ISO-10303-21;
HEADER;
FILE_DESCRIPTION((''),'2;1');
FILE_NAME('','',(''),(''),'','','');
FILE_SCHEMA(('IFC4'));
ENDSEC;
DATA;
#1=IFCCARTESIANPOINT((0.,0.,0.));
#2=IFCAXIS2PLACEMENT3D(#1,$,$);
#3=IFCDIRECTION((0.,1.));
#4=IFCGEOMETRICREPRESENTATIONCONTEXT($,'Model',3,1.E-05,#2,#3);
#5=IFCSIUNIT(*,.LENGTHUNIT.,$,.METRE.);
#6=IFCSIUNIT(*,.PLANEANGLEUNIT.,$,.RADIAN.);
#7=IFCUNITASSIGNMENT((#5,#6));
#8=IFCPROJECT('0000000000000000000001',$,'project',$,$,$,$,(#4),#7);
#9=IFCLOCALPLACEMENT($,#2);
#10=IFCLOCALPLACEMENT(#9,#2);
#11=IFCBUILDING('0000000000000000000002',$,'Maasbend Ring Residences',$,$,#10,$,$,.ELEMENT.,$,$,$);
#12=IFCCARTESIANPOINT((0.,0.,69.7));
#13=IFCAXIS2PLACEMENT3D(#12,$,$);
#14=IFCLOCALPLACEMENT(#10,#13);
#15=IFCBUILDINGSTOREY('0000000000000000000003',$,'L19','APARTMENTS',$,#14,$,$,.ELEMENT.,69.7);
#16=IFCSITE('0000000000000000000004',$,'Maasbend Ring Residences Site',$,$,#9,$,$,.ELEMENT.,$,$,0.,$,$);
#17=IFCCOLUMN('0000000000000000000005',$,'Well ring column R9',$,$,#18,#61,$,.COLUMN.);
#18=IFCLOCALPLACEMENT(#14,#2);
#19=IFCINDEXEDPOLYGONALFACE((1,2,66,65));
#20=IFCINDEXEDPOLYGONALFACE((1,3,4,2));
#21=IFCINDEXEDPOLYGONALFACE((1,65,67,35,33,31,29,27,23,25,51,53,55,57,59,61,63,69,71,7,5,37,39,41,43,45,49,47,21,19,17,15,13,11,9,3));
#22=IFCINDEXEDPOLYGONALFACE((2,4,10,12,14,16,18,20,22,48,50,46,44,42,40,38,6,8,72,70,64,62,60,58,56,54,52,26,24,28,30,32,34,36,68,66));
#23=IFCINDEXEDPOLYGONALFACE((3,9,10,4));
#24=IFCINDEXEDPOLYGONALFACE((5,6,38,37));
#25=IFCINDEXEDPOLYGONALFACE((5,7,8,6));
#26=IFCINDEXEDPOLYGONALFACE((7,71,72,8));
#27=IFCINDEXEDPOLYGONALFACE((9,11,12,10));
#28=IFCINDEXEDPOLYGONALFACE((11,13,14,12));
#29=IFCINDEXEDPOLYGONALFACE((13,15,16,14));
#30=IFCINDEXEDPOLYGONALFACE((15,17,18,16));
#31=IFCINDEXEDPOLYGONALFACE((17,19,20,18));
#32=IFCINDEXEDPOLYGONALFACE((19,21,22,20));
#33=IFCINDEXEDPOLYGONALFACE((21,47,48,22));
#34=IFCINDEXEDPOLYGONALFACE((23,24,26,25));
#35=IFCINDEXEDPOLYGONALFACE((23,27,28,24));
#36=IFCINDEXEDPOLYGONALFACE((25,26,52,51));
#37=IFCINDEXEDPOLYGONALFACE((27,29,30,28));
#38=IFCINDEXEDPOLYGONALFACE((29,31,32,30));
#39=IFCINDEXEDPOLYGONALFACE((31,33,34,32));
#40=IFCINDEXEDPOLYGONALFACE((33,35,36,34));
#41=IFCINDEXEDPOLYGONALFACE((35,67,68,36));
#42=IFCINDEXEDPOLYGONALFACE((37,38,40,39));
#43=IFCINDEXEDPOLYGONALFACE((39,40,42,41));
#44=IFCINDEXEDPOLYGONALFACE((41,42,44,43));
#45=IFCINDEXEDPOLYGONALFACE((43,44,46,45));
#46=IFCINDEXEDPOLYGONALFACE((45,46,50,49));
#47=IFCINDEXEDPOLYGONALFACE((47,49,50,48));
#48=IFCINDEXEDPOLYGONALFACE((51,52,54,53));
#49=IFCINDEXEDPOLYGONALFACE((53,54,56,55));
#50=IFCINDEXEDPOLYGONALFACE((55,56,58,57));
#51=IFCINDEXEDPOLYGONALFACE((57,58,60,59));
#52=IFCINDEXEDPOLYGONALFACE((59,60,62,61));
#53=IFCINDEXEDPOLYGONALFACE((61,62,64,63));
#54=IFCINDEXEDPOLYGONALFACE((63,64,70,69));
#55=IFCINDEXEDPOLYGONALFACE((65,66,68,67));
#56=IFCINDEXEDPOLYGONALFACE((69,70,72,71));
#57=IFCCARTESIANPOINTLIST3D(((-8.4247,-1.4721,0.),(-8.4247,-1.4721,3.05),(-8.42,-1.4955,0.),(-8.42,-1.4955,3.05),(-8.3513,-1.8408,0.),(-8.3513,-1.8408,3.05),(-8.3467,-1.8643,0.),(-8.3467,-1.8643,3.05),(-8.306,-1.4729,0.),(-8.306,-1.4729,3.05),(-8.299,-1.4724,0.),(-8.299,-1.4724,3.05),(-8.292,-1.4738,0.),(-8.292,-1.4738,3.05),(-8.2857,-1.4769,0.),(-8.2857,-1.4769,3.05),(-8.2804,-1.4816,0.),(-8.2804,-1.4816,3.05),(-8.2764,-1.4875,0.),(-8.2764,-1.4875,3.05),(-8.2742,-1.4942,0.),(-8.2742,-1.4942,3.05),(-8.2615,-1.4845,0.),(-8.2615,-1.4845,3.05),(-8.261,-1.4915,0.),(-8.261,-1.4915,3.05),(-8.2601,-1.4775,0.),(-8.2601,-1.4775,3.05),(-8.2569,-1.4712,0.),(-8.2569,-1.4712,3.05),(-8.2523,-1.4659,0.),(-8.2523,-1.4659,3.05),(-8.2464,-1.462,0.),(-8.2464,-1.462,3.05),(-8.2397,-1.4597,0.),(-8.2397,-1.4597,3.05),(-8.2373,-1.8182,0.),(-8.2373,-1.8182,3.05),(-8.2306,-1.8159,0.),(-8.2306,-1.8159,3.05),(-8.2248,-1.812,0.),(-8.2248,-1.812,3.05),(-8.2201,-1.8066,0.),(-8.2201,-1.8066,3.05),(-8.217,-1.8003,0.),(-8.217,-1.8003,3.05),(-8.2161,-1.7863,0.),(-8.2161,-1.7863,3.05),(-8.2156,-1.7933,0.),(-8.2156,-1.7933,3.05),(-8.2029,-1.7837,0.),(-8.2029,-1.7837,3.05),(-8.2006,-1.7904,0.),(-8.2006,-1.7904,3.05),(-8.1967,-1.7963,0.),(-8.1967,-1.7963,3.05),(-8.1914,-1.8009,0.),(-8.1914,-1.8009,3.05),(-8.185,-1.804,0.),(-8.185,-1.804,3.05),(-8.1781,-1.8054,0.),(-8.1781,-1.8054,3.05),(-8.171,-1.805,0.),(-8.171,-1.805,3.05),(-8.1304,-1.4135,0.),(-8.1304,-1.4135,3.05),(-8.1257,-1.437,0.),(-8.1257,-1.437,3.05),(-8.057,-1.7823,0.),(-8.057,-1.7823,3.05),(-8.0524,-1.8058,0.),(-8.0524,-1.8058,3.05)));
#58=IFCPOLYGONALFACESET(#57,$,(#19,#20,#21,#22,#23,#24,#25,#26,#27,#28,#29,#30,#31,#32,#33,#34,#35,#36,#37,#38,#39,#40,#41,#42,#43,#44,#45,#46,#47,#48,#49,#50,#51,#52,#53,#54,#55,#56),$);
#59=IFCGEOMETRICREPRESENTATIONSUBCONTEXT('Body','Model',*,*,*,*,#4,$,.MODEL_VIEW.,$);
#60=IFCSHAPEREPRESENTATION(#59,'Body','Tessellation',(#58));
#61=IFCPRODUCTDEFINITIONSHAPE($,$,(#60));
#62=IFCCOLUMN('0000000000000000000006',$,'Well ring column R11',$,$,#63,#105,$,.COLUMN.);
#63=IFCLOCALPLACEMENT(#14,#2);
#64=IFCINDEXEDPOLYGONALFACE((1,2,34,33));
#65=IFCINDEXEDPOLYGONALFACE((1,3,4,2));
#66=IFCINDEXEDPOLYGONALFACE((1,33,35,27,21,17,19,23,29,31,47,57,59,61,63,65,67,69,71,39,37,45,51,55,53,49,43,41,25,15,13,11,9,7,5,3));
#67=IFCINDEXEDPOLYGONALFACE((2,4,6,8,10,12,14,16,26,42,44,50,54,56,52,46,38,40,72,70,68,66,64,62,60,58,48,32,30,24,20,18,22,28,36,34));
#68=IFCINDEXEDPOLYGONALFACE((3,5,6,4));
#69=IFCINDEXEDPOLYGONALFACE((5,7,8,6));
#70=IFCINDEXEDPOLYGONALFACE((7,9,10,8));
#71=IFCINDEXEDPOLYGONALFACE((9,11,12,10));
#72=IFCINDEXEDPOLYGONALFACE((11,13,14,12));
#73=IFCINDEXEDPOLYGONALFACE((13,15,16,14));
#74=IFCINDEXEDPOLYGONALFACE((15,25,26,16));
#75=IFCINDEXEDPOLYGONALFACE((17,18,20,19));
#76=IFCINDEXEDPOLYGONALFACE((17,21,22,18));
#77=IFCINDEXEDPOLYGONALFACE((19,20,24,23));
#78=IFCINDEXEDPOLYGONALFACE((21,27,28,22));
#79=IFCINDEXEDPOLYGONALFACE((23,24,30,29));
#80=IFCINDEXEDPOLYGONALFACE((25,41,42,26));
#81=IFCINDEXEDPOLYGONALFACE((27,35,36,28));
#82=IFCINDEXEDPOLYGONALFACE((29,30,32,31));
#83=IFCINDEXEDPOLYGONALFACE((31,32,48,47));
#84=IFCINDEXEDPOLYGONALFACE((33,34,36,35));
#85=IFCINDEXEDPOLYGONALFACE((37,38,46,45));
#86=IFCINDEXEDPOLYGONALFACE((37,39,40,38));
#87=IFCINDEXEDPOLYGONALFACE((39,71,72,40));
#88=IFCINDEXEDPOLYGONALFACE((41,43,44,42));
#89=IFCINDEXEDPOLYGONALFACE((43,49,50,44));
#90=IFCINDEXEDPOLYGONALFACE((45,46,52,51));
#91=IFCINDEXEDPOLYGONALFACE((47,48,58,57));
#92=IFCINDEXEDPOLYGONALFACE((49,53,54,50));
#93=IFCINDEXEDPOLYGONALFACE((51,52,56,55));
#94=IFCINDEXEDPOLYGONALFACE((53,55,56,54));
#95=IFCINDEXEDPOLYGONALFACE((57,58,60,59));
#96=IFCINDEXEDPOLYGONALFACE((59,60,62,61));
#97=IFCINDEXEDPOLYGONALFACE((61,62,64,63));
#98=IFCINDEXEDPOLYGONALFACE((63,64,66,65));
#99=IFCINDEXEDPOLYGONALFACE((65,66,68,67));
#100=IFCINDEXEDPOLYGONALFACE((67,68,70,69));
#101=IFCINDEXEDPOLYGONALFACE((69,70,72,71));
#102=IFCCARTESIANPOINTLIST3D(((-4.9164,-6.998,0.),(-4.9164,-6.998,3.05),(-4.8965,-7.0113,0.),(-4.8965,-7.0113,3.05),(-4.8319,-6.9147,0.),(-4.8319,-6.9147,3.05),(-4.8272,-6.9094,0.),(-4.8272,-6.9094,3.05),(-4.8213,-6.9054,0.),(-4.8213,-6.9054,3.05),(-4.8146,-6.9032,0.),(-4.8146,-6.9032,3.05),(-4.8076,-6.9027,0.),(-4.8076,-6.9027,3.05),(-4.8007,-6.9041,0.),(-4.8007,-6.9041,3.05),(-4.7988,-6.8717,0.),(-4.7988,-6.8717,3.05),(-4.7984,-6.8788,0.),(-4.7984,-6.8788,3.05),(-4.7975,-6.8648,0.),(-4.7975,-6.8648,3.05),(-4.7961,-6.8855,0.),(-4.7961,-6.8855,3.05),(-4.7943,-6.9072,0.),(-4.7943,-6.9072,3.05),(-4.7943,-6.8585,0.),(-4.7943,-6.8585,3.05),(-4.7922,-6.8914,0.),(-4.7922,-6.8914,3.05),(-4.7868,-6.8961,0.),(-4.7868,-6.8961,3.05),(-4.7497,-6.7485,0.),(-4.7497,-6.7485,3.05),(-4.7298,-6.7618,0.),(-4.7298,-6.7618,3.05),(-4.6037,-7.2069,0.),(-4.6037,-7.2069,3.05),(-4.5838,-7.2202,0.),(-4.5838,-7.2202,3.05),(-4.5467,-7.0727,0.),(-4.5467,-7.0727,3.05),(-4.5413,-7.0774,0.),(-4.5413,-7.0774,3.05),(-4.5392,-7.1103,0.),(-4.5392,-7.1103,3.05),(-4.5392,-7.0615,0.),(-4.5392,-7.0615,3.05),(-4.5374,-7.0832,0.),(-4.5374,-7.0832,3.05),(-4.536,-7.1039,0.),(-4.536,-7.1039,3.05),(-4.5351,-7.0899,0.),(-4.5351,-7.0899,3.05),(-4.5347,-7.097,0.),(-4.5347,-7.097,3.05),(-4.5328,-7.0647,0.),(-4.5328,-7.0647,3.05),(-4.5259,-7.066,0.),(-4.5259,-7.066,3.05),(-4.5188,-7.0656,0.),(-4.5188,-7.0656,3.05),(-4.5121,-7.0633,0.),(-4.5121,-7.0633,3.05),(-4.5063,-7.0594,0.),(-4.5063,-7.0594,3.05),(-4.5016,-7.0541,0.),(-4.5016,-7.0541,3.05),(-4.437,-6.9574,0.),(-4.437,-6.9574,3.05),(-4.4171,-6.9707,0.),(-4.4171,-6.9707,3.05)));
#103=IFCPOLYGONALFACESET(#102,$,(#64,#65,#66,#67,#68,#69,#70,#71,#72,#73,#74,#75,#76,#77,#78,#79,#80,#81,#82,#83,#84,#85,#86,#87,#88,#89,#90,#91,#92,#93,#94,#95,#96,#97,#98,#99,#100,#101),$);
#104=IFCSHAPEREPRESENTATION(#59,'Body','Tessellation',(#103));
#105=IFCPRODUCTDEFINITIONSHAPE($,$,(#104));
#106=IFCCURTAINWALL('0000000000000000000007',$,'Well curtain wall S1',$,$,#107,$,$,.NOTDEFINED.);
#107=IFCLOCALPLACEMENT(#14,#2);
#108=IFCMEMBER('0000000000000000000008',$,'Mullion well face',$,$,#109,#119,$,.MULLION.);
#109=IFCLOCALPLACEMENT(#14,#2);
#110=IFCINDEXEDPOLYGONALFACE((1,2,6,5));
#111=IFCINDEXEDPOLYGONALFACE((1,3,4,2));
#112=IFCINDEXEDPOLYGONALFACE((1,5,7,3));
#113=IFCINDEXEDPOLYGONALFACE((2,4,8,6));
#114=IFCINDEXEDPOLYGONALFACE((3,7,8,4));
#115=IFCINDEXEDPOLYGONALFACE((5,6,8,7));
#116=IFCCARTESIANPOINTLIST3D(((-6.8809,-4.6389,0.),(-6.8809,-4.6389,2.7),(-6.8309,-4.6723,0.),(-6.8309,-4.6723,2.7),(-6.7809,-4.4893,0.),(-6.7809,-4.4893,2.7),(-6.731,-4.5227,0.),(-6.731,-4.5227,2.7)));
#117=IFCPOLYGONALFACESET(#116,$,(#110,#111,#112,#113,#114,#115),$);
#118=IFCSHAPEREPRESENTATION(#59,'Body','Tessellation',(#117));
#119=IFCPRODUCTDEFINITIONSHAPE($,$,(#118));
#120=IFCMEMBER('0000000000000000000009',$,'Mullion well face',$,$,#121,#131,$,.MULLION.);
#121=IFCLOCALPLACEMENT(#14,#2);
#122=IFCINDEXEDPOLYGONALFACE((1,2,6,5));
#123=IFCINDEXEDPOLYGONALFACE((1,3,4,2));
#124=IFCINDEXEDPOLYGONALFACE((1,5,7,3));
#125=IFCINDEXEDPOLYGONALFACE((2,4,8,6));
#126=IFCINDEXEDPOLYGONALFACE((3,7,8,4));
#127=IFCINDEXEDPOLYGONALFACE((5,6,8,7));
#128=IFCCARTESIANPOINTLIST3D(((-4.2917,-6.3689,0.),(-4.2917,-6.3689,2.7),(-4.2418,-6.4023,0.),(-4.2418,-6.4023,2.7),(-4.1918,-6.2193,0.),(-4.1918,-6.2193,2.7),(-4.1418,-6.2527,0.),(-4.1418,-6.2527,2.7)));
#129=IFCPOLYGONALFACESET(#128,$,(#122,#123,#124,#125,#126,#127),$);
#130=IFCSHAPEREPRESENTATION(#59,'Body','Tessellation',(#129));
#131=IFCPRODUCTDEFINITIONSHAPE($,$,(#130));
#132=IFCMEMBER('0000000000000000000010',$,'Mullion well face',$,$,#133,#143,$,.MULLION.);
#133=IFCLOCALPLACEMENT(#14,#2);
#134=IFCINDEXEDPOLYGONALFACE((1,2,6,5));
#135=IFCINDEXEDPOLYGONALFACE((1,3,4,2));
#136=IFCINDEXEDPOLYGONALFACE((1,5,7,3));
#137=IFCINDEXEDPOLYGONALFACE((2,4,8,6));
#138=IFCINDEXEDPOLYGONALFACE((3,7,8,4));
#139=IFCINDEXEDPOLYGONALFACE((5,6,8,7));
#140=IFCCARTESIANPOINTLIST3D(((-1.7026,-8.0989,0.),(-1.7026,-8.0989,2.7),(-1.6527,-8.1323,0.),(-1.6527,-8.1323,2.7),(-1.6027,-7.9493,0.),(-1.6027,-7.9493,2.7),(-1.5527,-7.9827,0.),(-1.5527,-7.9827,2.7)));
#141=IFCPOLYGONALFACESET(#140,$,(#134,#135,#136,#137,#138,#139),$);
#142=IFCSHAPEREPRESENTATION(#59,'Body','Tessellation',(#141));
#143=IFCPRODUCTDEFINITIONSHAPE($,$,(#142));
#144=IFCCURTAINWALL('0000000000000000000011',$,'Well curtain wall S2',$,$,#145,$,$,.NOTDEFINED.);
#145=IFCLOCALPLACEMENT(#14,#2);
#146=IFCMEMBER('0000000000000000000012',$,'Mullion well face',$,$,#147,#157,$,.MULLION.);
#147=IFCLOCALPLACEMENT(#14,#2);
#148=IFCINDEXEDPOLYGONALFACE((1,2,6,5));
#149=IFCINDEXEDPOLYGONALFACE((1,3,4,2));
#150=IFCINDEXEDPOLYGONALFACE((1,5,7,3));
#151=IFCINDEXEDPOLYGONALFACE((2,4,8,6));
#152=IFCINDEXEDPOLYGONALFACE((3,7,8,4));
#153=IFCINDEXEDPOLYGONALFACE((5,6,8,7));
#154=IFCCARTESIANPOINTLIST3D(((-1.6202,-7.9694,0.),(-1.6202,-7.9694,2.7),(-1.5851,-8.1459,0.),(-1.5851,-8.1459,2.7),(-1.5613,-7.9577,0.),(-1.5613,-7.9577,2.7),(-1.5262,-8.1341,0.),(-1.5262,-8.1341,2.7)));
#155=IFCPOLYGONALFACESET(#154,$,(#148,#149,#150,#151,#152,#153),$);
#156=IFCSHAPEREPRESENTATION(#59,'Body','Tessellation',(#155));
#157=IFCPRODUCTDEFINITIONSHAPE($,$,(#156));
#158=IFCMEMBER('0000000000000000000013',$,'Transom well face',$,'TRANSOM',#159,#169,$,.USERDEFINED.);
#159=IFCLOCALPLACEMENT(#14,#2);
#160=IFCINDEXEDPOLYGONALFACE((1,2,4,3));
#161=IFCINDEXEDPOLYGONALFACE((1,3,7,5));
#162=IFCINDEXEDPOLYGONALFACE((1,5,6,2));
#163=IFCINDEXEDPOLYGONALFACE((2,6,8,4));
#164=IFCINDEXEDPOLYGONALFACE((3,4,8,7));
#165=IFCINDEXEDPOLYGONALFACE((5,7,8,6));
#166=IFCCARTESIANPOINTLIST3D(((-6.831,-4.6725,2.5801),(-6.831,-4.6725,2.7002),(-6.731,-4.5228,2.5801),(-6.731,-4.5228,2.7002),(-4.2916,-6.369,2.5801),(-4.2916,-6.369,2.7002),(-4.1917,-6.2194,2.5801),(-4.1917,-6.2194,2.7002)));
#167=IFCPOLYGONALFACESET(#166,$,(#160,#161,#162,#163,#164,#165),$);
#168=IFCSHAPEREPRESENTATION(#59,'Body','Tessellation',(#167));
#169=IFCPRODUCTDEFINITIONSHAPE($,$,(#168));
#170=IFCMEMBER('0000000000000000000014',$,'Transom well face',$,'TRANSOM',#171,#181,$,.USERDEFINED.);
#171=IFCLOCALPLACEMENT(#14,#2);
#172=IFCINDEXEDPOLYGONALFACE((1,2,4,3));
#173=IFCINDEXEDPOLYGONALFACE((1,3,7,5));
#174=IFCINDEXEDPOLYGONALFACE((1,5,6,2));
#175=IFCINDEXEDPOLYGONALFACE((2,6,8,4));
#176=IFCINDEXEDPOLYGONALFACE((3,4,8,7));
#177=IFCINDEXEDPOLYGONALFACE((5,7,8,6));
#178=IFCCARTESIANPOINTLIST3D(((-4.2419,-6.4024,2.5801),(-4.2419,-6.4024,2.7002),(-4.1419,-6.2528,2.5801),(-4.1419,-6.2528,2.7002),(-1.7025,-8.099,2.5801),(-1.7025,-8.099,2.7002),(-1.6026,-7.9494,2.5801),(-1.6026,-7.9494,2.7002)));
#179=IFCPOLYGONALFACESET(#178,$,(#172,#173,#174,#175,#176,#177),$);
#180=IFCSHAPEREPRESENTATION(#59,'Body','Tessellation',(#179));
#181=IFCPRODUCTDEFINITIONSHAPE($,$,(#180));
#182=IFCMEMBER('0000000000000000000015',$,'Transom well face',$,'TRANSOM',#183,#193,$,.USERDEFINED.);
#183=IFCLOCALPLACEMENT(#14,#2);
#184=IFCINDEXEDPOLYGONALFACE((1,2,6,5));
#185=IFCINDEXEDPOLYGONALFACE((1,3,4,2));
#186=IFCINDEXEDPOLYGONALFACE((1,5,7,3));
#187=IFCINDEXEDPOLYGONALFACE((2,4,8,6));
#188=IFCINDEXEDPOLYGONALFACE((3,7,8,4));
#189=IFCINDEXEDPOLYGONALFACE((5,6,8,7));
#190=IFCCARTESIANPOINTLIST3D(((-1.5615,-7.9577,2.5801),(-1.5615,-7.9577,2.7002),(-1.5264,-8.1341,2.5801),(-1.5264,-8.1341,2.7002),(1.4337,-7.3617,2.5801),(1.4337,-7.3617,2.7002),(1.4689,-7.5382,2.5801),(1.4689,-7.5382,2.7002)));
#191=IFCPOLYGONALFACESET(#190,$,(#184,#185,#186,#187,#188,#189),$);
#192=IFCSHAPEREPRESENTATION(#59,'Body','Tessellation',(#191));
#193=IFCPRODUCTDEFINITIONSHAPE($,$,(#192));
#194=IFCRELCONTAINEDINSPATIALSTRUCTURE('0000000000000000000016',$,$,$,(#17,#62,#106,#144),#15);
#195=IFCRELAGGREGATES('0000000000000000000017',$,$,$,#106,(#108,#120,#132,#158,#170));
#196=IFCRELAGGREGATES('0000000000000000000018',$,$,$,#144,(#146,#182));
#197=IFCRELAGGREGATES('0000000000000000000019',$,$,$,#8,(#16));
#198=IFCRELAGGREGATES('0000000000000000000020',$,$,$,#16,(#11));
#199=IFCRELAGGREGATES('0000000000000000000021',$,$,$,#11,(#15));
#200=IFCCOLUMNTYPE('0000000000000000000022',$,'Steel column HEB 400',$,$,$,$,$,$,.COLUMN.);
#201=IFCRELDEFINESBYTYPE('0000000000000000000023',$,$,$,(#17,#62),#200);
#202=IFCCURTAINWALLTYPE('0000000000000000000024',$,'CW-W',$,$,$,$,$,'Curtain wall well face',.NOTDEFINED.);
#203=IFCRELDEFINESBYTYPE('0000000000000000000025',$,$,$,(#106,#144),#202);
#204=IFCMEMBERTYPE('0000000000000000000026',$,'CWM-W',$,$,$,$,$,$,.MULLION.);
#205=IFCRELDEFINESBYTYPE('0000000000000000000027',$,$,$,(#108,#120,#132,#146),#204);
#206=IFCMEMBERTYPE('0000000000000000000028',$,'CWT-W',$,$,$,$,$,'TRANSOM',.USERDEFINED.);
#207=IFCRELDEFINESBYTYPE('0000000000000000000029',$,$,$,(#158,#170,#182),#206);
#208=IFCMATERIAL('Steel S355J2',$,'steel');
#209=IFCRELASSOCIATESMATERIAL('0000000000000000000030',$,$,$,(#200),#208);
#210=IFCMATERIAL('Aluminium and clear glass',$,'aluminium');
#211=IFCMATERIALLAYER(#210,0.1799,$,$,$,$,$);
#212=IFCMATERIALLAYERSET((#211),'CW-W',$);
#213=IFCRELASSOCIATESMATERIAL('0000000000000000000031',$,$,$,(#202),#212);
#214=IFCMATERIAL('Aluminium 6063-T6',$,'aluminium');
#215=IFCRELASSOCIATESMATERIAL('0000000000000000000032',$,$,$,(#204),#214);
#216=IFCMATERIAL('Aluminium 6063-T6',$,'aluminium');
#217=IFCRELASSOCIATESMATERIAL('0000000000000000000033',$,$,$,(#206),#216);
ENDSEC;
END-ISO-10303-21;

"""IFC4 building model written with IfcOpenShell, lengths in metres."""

from ifc_helpers import new_model, si_unit, direction, frame, origin, origin_2d, place, context, subcontext, project, spatial, rectangle, i_section, extrude, material, layer, layer_set, material_profile, profile_set, type_object, element, aggregate, save


model = new_model("IFC4")

# Units and contexts
model_context = context("Model", 3, precision=1e-05, world=origin(), true_north=direction((0.0, 1.0)))
body_context = subcontext(model_context, "Body", "Model", "MODEL_VIEW")
ifc_project = project(units=[si_unit("LENGTHUNIT", "METRE"), si_unit("PLANEANGLEUNIT", "RADIAN")], contexts=[model_context])

# Site, building, storey
site_placement = place(None, origin())
site = spatial("IfcSite", under=ifc_project, at=site_placement, Name="Maasbend Ring Residences Site", CompositionType="ELEMENT", RefElevation=0.0)
building_placement = place(site_placement, origin())
building = spatial("IfcBuilding", under=site, at=building_placement, Name="Maasbend Ring Residences", CompositionType="ELEMENT")
storey_placement = place(building_placement, frame((0.0, 0.0, 69.7)))
storey = spatial("IfcBuildingStorey", under=building, at=storey_placement, Name="L19", Description="APARTMENTS", CompositionType="ELEMENT", Elevation=69.7)

# Columns
ifc_material_1 = material(Name="Steel S355J2", Category="steel")
ifc_material_profile_1 = material_profile(ifc_material_1, i_section(OverallWidth=0.3, OverallDepth=0.3999, WebThickness=0.0134, FlangeThickness=0.0239, FilletRadius=0.0271, at=origin_2d()), Name="HEB 400")
ifc_profile_set_1 = profile_set([ifc_material_profile_1], Name="Steel S355J2")
column_type = type_object("IfcColumnType", Name="Steel column HEB 400", PredefinedType="COLUMN", material=ifc_profile_set_1)
for number, where, z_axis, x_axis, name in (
    (1, (-8.2385, -1.6389, 0.0), (0.0, 0.0, 1.0), (-0.980785, -0.19509, 0.0), "Well ring column R9"),
    (2, (-4.6667, -6.9844, 0.0), (0.0, 0.0, 1.0), (-0.55557, -0.83147, 0.0), "Well ring column R11"),
):
    element("IfcColumn", number, at=place(storey_placement, frame(where, z_axis=z_axis, x_axis=x_axis)), inside=storey, type_object=column_type, Name=name, PredefinedType="COLUMN", context=body_context, shape_type="SweptSolid", body=[
        extrude(i_section(OverallWidth=0.3, OverallDepth=0.3999, WebThickness=0.0134, FlangeThickness=0.0239, FilletRadius=0.0271, at=origin_2d()), origin(), (0.0, 0.0, 1.0), 3.05),
    ])

# Curtain wall, members
ifc_material_2 = material(Name="Aluminium and clear glass", Category="aluminium")
ifc_layer_1 = layer(ifc_material_2, 0.1799)
ifc_layer_set_1 = layer_set([ifc_layer_1], Name="CW-W")
curtain_wall_type = type_object("IfcCurtainWallType", Name="CW-W", ElementType="Curtain wall well face", PredefinedType="NOTDEFINED", material=ifc_layer_set_1)
curtain_wall_1_placement = place(storey_placement, origin())
curtain_wall_1 = element("IfcCurtainWall", 3, at=curtain_wall_1_placement, inside=storey, type_object=curtain_wall_type, Name="Well curtain wall S1", PredefinedType="NOTDEFINED")
ifc_material_3 = material(Name="Aluminium 6063-T6", Category="aluminium")
ifc_material_profile_2 = material_profile(ifc_material_3, rectangle(XDim=0.1799, YDim=0.0601, at=origin_2d()), Name="AL 180x60")
ifc_profile_set_2 = profile_set([ifc_material_profile_2], Name="Aluminium 6063-T6")
member_type_1 = type_object("IfcMemberType", Name="CWM-W", PredefinedType="MULLION", material=ifc_profile_set_2)
member_1_placement = place(storey_placement, frame((-6.8059, -4.5808, 0.0), z_axis=(0.0, 0.0, 1.0), x_axis=(0.55557, 0.83147, 0.0)))
member_1 = element("IfcMember", 4, at=member_1_placement, type_object=member_type_1, Name="Mullion well face", PredefinedType="MULLION", context=body_context, shape_type="SweptSolid", body=[
    extrude(rectangle(XDim=0.1799, YDim=0.0601, at=origin_2d()), origin(), (0.0, 0.0, 1.0), 2.7),
])
member_2_placement = place(storey_placement, frame((-4.2168, -6.3108, 0.0), z_axis=(0.0, 0.0, 1.0), x_axis=(0.55557, 0.83147, 0.0)))
member_2 = element("IfcMember", 5, at=member_2_placement, type_object=member_type_1, Name="Mullion well face", PredefinedType="MULLION", context=body_context, shape_type="SweptSolid", body=[
    extrude(rectangle(XDim=0.1799, YDim=0.0601, at=origin_2d()), origin(), (0.0, 0.0, 1.0), 2.7),
])
member_3_placement = place(storey_placement, frame((-1.6277, -8.0408, 0.0), z_axis=(0.0, 0.0, 1.0), x_axis=(0.55557, 0.83147, 0.0)))
member_3 = element("IfcMember", 6, at=member_3_placement, type_object=member_type_1, Name="Mullion well face", PredefinedType="MULLION", context=body_context, shape_type="SweptSolid", body=[
    extrude(rectangle(XDim=0.1799, YDim=0.0601, at=origin_2d()), origin(), (0.0, 0.0, 1.0), 2.7),
])

# Curtain wall, member
curtain_wall_2_placement = place(storey_placement, origin())
curtain_wall_2 = element("IfcCurtainWall", 7, at=curtain_wall_2_placement, inside=storey, type_object=curtain_wall_type, Name="Well curtain wall S2", PredefinedType="NOTDEFINED")
member_4_placement = place(storey_placement, frame((-1.5732, -8.0518, 0.0), z_axis=(0.0, 0.0, 1.0), x_axis=(-0.19509, 0.980785, 0.0)))
member_4 = element("IfcMember", 8, at=member_4_placement, type_object=member_type_1, Name="Mullion well face", PredefinedType="MULLION", context=body_context, shape_type="SweptSolid", body=[
    extrude(rectangle(XDim=0.1799, YDim=0.0601, at=origin_2d()), origin(), (0.0, 0.0, 1.0), 2.7),
])

# Members
ifc_material_4 = material(Name="Aluminium 6063-T6", Category="aluminium")
ifc_material_profile_3 = material_profile(ifc_material_4, rectangle(XDim=0.1799, YDim=0.1201, at=origin_2d()), Name="AL 180x120")
ifc_profile_set_3 = profile_set([ifc_material_profile_3], Name="Aluminium 6063-T6")
member_type_2 = type_object("IfcMemberType", Name="CWT-W", ElementType="TRANSOM", PredefinedType="USERDEFINED", material=ifc_profile_set_3)
member_5_placement = place(storey_placement, frame((-6.781, -4.5977, 2.6401), z_axis=(0.831496, -0.55553, 0.0), x_axis=(0.55553, 0.831496, 0.0)))
member_5 = element("IfcMember", 9, at=member_5_placement, type_object=member_type_2, Name="Transom well face", ObjectType="TRANSOM", PredefinedType="USERDEFINED", context=body_context, shape_type="SweptSolid", body=[
    extrude(rectangle(XDim=0.1799, YDim=0.1201, at=origin_2d()), origin(), (0.0, 0.0, 1.0), 3.054),
])
member_6_placement = place(storey_placement, frame((-4.1919, -6.3276, 2.6401), z_axis=(0.831496, -0.55553, 0.0), x_axis=(0.55553, 0.831496, 0.0)))
member_6 = element("IfcMember", 10, at=member_6_placement, type_object=member_type_2, Name="Transom well face", ObjectType="TRANSOM", PredefinedType="USERDEFINED", context=body_context, shape_type="SweptSolid", body=[
    extrude(rectangle(XDim=0.1799, YDim=0.1201, at=origin_2d()), origin(), (0.0, 0.0, 1.0), 3.054),
])
member_7_placement = place(storey_placement, frame((-1.5439, -8.0459, 2.6401), z_axis=(0.980777, 0.195132, 0.0), x_axis=(-0.195132, 0.980777, 0.0)))
member_7 = element("IfcMember", 11, at=member_7_placement, type_object=member_type_2, Name="Transom well face", ObjectType="TRANSOM", PredefinedType="USERDEFINED", context=body_context, shape_type="SweptSolid", body=[
    extrude(rectangle(XDim=0.1799, YDim=0.1201, at=origin_2d()), origin(), (0.0, 0.0, 1.0), 3.054),
])

aggregate(curtain_wall_1, [member_1, member_2, member_3, member_5, member_6])
aggregate(curtain_wall_2, [member_4, member_7])

save(model, "model.ifc")
